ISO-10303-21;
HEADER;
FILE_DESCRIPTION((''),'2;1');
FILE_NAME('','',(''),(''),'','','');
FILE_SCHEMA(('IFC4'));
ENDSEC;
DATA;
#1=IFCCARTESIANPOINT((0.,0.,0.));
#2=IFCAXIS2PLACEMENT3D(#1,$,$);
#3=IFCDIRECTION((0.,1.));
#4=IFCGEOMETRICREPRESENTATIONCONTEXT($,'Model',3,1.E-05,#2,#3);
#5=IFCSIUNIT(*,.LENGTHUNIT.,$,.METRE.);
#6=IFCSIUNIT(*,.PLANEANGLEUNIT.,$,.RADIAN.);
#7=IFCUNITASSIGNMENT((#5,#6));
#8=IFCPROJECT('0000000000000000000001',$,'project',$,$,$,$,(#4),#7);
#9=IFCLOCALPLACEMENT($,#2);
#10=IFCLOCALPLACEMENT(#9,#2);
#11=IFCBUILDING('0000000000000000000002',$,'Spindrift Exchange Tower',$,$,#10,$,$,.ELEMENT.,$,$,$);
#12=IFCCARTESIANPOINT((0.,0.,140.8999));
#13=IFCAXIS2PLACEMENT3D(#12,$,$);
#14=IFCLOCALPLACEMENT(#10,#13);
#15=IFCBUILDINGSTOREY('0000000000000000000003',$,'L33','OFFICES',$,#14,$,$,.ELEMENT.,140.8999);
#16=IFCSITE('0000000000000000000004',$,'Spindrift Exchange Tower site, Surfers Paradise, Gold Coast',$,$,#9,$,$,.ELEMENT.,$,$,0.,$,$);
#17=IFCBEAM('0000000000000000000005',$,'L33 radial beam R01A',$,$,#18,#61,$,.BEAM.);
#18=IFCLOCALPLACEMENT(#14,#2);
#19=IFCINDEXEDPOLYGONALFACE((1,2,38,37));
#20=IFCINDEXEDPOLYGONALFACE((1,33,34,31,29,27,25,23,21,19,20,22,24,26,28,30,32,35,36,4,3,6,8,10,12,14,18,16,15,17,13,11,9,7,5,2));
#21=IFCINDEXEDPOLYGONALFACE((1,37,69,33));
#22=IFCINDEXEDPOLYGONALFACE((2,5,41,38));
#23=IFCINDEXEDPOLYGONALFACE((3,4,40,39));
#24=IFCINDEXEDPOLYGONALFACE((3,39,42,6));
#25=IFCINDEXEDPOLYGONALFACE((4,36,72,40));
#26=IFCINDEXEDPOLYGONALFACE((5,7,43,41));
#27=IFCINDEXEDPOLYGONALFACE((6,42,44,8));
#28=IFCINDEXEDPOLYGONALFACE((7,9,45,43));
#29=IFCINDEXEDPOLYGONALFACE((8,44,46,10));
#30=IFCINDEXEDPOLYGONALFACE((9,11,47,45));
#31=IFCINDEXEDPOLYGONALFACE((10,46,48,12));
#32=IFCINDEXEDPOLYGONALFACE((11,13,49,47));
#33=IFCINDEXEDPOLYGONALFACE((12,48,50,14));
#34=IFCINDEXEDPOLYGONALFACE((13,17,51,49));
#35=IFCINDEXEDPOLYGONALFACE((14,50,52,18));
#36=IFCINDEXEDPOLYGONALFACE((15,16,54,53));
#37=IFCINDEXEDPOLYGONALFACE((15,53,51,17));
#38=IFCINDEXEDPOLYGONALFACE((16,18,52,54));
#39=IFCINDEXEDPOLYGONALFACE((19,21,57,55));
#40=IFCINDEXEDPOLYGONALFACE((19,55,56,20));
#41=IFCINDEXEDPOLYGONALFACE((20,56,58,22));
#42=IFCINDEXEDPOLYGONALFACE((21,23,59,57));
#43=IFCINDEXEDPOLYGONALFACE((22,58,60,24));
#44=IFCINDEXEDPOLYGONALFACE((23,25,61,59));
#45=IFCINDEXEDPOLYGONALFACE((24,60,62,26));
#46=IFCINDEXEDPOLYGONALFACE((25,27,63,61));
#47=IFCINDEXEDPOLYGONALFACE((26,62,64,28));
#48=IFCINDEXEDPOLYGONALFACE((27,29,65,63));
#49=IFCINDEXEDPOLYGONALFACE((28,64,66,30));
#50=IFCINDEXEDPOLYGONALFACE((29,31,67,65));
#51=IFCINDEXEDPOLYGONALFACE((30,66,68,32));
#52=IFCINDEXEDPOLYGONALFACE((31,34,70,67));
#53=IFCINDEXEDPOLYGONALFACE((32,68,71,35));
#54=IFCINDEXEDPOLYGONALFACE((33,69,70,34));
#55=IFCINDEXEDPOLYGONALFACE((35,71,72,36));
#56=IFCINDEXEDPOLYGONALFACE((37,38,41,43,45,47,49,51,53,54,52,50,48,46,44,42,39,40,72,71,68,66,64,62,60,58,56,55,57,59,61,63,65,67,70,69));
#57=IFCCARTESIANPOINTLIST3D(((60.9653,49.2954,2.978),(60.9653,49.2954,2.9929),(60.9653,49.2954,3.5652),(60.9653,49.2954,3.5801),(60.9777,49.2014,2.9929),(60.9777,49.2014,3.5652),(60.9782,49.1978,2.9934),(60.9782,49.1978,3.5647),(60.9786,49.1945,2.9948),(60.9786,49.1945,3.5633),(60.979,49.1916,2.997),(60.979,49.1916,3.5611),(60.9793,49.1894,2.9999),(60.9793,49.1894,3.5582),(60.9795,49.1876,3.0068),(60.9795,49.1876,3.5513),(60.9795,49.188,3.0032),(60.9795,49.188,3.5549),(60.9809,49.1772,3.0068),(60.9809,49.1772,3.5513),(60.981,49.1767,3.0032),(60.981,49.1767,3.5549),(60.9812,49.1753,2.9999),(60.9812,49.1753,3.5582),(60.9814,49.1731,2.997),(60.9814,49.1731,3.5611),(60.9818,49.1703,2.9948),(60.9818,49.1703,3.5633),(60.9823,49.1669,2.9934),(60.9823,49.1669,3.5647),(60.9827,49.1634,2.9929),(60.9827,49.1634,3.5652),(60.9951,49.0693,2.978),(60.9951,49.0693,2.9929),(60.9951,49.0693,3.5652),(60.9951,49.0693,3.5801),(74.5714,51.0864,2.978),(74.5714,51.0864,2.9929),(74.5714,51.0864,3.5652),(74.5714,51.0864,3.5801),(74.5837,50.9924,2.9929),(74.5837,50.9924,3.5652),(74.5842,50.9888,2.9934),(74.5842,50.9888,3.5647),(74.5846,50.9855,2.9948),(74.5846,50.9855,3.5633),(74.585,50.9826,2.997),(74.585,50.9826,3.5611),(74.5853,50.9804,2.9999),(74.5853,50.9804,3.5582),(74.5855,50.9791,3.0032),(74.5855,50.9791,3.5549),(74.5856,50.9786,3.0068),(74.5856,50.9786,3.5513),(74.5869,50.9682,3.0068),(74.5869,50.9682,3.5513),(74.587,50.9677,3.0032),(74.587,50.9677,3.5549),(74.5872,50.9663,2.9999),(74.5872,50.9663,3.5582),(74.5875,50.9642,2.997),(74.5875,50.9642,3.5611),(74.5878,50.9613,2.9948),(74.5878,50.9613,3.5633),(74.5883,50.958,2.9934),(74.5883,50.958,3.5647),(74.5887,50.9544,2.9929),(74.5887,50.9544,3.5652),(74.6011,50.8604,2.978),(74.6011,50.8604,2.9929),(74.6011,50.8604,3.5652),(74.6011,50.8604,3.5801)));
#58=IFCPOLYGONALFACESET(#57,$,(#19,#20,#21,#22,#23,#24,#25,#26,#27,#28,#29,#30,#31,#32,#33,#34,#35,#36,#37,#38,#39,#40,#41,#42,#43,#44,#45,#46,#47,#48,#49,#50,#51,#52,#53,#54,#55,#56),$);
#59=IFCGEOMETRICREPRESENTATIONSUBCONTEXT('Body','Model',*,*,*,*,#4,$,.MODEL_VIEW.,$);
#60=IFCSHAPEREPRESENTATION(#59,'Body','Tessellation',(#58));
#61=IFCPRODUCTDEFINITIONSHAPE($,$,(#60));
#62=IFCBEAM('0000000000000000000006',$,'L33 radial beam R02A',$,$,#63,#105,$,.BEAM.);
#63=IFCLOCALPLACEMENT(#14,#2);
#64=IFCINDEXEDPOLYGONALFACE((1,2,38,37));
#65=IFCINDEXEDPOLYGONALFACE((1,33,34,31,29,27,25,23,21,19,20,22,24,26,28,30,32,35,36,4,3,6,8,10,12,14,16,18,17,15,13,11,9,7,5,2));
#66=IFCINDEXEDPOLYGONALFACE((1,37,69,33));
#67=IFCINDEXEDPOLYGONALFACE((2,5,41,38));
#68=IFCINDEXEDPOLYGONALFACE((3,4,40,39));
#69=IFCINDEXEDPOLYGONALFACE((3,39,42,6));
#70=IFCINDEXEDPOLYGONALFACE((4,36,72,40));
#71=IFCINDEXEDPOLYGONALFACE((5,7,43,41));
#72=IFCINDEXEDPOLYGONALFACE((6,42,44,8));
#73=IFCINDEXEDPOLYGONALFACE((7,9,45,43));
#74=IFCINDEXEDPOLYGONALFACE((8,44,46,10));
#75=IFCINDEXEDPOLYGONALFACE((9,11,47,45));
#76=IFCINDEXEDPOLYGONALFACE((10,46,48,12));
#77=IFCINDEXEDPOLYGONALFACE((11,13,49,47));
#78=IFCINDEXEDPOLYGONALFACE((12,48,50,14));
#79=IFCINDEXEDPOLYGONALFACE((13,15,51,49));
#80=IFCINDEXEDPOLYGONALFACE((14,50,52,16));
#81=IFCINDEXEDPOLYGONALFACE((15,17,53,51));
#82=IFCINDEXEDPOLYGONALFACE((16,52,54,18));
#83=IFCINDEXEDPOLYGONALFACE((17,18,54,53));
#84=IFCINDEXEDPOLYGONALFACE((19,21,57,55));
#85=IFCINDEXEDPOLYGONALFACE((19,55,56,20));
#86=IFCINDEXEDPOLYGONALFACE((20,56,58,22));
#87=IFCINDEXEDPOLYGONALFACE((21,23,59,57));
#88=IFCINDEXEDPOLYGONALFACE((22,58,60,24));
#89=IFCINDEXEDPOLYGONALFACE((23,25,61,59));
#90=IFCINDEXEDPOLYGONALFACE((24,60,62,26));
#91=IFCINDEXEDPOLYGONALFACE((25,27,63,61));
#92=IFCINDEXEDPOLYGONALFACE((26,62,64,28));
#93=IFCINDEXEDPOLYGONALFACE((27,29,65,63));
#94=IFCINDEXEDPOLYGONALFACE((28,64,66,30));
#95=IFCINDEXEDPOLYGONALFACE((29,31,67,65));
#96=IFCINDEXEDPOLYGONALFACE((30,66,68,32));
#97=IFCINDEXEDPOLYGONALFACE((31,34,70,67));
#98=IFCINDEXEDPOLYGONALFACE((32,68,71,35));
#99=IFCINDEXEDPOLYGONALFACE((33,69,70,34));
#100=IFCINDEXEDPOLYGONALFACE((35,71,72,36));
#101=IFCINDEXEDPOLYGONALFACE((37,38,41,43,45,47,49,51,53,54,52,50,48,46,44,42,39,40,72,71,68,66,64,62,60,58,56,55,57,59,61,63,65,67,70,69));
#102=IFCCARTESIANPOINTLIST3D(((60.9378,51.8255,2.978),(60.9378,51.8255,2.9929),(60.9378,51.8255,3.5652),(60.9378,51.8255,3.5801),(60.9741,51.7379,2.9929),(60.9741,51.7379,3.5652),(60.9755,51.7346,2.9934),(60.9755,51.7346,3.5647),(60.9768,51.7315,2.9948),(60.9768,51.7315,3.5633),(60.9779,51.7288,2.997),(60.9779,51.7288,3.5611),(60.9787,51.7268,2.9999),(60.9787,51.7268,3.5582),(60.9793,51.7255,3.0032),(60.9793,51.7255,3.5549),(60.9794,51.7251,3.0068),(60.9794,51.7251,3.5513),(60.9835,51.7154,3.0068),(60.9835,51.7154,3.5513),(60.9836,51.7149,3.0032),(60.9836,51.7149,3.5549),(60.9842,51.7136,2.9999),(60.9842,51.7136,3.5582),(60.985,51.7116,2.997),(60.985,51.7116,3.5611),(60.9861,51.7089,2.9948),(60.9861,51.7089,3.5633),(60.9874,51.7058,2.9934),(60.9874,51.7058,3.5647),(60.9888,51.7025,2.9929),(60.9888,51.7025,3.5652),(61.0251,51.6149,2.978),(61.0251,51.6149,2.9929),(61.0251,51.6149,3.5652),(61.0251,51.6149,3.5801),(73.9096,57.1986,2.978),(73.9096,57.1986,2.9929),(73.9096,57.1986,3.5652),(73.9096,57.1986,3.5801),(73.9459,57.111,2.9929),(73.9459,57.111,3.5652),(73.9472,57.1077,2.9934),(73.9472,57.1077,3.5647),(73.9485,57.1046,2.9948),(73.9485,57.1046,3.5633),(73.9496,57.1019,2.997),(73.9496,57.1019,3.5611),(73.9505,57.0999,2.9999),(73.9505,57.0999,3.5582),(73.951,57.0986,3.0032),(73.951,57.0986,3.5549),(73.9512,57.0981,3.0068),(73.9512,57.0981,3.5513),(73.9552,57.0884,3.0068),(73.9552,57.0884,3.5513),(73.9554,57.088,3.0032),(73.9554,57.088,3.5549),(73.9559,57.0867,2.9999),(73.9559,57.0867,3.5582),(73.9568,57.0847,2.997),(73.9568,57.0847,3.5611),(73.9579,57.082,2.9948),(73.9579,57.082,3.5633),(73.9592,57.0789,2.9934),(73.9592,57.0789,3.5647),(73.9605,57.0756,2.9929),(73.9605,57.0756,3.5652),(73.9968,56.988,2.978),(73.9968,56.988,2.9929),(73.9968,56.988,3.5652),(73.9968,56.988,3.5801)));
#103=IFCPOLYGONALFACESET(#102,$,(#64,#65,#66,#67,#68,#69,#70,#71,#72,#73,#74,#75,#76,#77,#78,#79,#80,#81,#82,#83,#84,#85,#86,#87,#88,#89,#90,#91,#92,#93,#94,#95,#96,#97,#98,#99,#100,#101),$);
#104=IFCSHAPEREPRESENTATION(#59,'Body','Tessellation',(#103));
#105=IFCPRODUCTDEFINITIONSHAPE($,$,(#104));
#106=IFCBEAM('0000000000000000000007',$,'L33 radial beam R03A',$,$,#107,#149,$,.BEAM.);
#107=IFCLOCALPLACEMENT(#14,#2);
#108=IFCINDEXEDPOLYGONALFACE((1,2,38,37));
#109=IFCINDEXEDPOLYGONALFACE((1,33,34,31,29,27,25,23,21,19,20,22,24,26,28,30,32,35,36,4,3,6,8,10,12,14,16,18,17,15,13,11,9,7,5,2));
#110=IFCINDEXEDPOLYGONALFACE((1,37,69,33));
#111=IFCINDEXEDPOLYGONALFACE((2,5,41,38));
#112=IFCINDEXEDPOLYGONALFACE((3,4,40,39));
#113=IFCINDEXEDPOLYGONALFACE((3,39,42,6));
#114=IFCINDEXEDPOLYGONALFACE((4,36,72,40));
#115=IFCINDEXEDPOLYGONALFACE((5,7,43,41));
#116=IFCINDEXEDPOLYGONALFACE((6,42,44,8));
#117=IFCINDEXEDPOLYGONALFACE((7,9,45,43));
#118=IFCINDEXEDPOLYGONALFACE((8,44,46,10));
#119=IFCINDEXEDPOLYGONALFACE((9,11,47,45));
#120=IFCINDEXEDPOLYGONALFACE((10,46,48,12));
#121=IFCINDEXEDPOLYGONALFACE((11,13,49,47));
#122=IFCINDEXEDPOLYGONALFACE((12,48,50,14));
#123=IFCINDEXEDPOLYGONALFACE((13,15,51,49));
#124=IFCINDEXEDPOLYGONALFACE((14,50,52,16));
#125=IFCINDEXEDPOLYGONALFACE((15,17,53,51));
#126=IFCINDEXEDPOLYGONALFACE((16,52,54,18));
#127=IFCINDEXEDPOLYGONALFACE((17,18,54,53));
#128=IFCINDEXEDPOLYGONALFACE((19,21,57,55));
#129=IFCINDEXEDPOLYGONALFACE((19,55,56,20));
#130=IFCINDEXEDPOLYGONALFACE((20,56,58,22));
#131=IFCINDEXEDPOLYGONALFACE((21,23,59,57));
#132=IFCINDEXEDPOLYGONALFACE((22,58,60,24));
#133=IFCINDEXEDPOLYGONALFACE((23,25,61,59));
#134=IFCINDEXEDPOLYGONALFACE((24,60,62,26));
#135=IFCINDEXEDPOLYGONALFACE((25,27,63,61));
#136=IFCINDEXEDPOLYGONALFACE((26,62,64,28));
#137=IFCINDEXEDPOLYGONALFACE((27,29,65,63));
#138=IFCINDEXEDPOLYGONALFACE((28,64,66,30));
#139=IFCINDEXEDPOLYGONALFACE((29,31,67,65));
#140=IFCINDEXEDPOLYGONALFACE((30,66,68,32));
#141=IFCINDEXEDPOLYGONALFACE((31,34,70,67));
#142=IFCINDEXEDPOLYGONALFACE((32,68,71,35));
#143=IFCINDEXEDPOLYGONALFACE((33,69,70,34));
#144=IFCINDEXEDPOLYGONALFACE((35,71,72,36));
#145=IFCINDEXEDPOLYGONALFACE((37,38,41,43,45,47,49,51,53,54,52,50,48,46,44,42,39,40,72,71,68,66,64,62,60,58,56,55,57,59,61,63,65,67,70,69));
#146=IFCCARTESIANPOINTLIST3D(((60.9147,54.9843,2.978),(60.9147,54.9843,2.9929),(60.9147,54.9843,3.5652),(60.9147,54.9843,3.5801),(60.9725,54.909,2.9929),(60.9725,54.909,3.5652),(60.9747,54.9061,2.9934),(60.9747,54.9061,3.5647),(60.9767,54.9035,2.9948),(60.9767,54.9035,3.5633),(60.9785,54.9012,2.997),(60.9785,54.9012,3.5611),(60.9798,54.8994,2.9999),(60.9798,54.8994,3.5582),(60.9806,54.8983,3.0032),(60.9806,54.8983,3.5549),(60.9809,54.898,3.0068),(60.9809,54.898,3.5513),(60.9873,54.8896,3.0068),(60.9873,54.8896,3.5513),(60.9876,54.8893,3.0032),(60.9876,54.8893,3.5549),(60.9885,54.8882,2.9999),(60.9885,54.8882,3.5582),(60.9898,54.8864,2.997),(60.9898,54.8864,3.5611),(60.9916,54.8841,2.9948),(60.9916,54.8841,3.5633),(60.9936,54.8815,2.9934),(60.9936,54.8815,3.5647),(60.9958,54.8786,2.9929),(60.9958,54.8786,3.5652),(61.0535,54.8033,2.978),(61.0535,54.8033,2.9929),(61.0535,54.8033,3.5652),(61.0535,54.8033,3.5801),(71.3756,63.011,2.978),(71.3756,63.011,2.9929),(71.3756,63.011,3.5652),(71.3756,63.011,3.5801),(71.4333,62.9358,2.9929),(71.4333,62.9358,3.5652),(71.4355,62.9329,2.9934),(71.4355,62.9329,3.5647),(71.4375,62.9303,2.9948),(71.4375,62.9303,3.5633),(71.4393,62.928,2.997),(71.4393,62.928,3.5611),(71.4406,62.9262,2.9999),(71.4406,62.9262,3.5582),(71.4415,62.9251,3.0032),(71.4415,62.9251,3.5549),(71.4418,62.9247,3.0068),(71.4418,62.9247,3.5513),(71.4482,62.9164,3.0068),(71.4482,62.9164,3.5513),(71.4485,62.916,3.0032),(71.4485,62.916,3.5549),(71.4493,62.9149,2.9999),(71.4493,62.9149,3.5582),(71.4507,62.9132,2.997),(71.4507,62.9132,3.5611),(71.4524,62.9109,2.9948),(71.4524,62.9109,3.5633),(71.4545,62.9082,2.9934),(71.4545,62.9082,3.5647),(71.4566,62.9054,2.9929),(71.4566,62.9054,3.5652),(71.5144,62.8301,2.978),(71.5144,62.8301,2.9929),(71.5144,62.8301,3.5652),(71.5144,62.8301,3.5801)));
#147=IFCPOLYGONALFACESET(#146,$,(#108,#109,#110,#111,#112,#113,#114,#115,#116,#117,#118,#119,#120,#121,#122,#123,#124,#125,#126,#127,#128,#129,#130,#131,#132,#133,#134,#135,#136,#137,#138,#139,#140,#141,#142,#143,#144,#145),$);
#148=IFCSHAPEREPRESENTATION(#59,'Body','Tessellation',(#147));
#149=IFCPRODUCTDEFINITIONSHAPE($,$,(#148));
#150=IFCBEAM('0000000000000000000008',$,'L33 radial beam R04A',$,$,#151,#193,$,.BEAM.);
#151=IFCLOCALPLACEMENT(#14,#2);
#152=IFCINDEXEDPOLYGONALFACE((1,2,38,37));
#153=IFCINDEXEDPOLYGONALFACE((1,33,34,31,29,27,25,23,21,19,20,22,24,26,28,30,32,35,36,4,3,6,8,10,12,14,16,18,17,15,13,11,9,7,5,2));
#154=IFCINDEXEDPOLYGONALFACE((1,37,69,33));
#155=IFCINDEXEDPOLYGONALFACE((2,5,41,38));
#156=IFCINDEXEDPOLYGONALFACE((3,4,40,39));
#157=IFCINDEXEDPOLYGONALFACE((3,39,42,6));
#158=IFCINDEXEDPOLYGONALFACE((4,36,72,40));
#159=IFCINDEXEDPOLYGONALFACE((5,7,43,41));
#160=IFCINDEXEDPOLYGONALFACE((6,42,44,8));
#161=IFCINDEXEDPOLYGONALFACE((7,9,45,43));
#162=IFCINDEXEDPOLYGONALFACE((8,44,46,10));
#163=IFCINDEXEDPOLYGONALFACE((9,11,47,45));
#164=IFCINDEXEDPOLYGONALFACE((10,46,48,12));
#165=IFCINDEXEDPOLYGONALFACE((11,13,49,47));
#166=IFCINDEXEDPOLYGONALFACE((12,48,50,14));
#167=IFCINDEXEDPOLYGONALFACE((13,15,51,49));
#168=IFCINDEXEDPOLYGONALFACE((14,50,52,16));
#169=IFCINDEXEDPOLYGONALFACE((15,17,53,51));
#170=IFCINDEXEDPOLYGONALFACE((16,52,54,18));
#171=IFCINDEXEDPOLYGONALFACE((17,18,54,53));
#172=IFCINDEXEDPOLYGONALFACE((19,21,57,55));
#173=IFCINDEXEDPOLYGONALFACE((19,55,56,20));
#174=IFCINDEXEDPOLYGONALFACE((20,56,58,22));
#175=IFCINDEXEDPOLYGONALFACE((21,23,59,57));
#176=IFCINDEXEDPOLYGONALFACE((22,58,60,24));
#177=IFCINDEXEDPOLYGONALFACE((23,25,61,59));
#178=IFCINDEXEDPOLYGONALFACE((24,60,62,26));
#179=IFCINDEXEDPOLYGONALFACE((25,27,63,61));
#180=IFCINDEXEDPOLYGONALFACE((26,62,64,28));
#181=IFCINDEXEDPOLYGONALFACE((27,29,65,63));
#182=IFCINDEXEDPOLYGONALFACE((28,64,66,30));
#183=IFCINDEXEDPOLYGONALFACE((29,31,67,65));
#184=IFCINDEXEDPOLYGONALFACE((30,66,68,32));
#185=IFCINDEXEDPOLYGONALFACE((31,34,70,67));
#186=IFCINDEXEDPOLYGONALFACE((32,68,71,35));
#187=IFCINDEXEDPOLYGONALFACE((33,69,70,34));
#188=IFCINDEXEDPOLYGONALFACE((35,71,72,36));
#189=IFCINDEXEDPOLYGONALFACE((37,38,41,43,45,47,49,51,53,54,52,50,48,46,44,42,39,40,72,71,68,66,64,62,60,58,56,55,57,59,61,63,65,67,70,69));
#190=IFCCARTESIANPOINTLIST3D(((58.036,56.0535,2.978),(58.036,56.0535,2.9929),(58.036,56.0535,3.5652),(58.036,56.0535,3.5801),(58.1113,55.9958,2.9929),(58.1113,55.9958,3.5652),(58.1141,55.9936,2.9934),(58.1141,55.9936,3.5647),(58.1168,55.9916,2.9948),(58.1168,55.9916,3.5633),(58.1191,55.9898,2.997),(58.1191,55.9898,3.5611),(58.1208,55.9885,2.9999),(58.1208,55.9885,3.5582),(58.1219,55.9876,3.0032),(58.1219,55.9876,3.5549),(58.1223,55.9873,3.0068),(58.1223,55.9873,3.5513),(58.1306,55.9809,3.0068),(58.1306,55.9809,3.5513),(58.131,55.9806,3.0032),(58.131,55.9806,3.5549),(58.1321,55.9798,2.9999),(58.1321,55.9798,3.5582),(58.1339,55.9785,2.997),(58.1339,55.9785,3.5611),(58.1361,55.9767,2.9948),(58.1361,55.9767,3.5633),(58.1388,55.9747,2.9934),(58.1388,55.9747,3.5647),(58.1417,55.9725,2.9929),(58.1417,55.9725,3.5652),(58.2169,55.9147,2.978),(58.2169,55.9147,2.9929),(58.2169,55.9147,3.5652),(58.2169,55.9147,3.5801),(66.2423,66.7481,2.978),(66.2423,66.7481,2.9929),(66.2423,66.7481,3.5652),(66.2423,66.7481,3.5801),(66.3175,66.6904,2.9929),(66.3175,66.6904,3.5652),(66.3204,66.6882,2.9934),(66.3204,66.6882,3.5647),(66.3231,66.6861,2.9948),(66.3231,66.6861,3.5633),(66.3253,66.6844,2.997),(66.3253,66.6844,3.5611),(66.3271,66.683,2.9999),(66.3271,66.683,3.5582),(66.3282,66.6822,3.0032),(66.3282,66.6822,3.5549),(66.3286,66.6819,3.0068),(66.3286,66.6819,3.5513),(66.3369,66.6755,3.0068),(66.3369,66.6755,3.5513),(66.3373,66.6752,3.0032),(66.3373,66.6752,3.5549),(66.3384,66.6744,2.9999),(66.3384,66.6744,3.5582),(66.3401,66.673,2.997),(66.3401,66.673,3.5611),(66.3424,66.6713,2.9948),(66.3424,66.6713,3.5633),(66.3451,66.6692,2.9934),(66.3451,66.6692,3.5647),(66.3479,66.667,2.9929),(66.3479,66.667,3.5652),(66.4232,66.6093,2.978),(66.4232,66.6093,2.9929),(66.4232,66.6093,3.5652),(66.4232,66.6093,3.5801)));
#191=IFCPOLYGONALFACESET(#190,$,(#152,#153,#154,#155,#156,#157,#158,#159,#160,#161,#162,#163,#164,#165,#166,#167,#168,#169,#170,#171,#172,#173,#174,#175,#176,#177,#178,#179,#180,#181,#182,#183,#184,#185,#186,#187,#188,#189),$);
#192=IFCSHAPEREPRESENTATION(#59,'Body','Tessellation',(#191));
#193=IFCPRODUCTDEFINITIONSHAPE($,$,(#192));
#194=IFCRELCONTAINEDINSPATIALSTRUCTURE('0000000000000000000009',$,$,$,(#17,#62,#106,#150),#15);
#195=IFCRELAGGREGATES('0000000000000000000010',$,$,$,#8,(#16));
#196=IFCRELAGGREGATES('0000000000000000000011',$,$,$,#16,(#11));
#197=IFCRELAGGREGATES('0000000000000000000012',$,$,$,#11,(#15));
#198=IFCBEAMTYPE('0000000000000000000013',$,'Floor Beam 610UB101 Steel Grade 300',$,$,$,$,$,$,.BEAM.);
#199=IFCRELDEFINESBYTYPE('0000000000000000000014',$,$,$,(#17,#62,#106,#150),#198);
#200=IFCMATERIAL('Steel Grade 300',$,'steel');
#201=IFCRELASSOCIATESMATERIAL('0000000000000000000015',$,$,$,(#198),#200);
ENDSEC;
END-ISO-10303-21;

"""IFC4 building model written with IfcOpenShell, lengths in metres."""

from ifc_helpers import new_model, si_unit, direction, frame, origin, origin_2d, place, context, subcontext, project, spatial, i_section, extrude, source, transform, mapped, material, material_profile, profile_set, type_object, element, save


model = new_model("IFC4")

# Units and contexts
model_context = context("Model", 3, precision=1e-05, world=origin(), true_north=direction((0.0, 1.0)))
body_context = subcontext(model_context, "Body", "Model", "MODEL_VIEW")
ifc_project = project(units=[si_unit("LENGTHUNIT", "METRE"), si_unit("PLANEANGLEUNIT", "RADIAN")], contexts=[model_context])

# Site, building, storey
site_placement = place(None, origin())
site = spatial("IfcSite", under=ifc_project, at=site_placement, Name="Spindrift Exchange Tower site, Surfers Paradise, Gold Coast", CompositionType="ELEMENT", RefElevation=0.0)
building_placement = place(site_placement, origin())
building = spatial("IfcBuilding", under=site, at=building_placement, Name="Spindrift Exchange Tower", CompositionType="ELEMENT")
storey_placement = place(building_placement, frame((0.0, 0.0, 140.8999)))
storey = spatial("IfcBuildingStorey", under=building, at=storey_placement, Name="L33", Description="OFFICES", CompositionType="ELEMENT", Elevation=140.8999)

# Beams
ifc_material_1 = material(Name="Steel Grade 300", Category="steel")
ifc_material_profile_1 = material_profile(ifc_material_1, i_section(OverallWidth=0.228, OverallDepth=0.6021, WebThickness=0.0105, FlangeThickness=0.0149, FilletRadius=0.0139, at=origin_2d()), Name="610UB101")
ifc_profile_set_1 = profile_set([ifc_material_profile_1], Name="Steel Grade 300")
beam_type_1 = type_object("IfcBeamType", Name="Floor Beam 610UB101 Steel Grade 300", PredefinedType="BEAM", material=ifc_profile_set_1)
shared_shape_1 = source(origin(), body_context, "Body", "SweptSolid", [
    extrude(i_section(OverallWidth=0.228, OverallDepth=0.6021, WebThickness=0.0105, FlangeThickness=0.0149, FilletRadius=0.0139, at=origin_2d()), origin(), (0.0, 0.0, 1.0), 13.7234),
])
beam_1_placement = place(storey_placement, frame((60.9802, 49.1824, 3.2791), z_axis=(0.991447, 0.130509, 0.0), x_axis=(-0.130509, 0.991447, 0.0)))
element("IfcBeam", 1, at=beam_1_placement, inside=storey, type_object=beam_type_1, Name="L33 radial beam R01A", PredefinedType="BEAM", context=body_context, shape_type="MappedRepresentation", body=[
    mapped(shared_shape_1, transform((0.0, 0.0, 0.0), scale=1.0)),
])
shared_shape_2 = source(origin(), body_context, "Body", "SweptSolid", [
    extrude(i_section(OverallWidth=0.228, OverallDepth=0.6021, WebThickness=0.0105, FlangeThickness=0.0149, FilletRadius=0.0139, at=origin_2d()), origin(), (0.0, 0.0, 1.0), 14.0405),
])
beam_2_placement = place(storey_placement, frame((60.9814, 51.7202, 3.2791), z_axis=(0.92388, 0.382684, 0.0), x_axis=(-0.382684, 0.92388, 0.0)))
element("IfcBeam", 2, at=beam_2_placement, inside=storey, type_object=beam_type_1, Name="L33 radial beam R02A", PredefinedType="BEAM", context=body_context, shape_type="MappedRepresentation", body=[
    mapped(shared_shape_2, transform((0.0, 0.0, 0.0), scale=1.0)),
])
shared_shape_3 = source(origin(), body_context, "Body", "SweptSolid", [
    extrude(i_section(OverallWidth=0.228, OverallDepth=0.6021, WebThickness=0.0105, FlangeThickness=0.0149, FilletRadius=0.0139, at=origin_2d()), origin(), (0.0, 0.0, 1.0), 13.1855),
])
beam_3_placement = place(storey_placement, frame((60.9841, 54.8938, 3.2791), z_axis=(0.793357, 0.608756, 0.0), x_axis=(-0.608756, 0.793357, 0.0)))
element("IfcBeam", 3, at=beam_3_placement, inside=storey, type_object=beam_type_1, Name="L33 radial beam R03A", PredefinedType="BEAM", context=body_context, shape_type="MappedRepresentation", body=[
    mapped(shared_shape_3, transform((0.0, 0.0, 0.0), scale=1.0)),
])
shared_shape_4 = source(origin(), body_context, "Body", "SweptSolid", [
    extrude(i_section(OverallWidth=0.228, OverallDepth=0.6021, WebThickness=0.0105, FlangeThickness=0.0149, FilletRadius=0.0139, at=origin_2d()), origin(), (0.0, 0.0, 1.0), 13.4802),
])
beam_4_placement = place(storey_placement, frame((58.1265, 55.9841, 3.2791), z_axis=(0.608764, 0.793351, 0.0), x_axis=(-0.793351, 0.608764, 0.0)))
element("IfcBeam", 4, at=beam_4_placement, inside=storey, type_object=beam_type_1, Name="L33 radial beam R04A", PredefinedType="BEAM", context=body_context, shape_type="MappedRepresentation", body=[
    mapped(shared_shape_4, transform((0.0, 0.0, 0.0), scale=1.0)),
])

save(model, "model.ifc")
